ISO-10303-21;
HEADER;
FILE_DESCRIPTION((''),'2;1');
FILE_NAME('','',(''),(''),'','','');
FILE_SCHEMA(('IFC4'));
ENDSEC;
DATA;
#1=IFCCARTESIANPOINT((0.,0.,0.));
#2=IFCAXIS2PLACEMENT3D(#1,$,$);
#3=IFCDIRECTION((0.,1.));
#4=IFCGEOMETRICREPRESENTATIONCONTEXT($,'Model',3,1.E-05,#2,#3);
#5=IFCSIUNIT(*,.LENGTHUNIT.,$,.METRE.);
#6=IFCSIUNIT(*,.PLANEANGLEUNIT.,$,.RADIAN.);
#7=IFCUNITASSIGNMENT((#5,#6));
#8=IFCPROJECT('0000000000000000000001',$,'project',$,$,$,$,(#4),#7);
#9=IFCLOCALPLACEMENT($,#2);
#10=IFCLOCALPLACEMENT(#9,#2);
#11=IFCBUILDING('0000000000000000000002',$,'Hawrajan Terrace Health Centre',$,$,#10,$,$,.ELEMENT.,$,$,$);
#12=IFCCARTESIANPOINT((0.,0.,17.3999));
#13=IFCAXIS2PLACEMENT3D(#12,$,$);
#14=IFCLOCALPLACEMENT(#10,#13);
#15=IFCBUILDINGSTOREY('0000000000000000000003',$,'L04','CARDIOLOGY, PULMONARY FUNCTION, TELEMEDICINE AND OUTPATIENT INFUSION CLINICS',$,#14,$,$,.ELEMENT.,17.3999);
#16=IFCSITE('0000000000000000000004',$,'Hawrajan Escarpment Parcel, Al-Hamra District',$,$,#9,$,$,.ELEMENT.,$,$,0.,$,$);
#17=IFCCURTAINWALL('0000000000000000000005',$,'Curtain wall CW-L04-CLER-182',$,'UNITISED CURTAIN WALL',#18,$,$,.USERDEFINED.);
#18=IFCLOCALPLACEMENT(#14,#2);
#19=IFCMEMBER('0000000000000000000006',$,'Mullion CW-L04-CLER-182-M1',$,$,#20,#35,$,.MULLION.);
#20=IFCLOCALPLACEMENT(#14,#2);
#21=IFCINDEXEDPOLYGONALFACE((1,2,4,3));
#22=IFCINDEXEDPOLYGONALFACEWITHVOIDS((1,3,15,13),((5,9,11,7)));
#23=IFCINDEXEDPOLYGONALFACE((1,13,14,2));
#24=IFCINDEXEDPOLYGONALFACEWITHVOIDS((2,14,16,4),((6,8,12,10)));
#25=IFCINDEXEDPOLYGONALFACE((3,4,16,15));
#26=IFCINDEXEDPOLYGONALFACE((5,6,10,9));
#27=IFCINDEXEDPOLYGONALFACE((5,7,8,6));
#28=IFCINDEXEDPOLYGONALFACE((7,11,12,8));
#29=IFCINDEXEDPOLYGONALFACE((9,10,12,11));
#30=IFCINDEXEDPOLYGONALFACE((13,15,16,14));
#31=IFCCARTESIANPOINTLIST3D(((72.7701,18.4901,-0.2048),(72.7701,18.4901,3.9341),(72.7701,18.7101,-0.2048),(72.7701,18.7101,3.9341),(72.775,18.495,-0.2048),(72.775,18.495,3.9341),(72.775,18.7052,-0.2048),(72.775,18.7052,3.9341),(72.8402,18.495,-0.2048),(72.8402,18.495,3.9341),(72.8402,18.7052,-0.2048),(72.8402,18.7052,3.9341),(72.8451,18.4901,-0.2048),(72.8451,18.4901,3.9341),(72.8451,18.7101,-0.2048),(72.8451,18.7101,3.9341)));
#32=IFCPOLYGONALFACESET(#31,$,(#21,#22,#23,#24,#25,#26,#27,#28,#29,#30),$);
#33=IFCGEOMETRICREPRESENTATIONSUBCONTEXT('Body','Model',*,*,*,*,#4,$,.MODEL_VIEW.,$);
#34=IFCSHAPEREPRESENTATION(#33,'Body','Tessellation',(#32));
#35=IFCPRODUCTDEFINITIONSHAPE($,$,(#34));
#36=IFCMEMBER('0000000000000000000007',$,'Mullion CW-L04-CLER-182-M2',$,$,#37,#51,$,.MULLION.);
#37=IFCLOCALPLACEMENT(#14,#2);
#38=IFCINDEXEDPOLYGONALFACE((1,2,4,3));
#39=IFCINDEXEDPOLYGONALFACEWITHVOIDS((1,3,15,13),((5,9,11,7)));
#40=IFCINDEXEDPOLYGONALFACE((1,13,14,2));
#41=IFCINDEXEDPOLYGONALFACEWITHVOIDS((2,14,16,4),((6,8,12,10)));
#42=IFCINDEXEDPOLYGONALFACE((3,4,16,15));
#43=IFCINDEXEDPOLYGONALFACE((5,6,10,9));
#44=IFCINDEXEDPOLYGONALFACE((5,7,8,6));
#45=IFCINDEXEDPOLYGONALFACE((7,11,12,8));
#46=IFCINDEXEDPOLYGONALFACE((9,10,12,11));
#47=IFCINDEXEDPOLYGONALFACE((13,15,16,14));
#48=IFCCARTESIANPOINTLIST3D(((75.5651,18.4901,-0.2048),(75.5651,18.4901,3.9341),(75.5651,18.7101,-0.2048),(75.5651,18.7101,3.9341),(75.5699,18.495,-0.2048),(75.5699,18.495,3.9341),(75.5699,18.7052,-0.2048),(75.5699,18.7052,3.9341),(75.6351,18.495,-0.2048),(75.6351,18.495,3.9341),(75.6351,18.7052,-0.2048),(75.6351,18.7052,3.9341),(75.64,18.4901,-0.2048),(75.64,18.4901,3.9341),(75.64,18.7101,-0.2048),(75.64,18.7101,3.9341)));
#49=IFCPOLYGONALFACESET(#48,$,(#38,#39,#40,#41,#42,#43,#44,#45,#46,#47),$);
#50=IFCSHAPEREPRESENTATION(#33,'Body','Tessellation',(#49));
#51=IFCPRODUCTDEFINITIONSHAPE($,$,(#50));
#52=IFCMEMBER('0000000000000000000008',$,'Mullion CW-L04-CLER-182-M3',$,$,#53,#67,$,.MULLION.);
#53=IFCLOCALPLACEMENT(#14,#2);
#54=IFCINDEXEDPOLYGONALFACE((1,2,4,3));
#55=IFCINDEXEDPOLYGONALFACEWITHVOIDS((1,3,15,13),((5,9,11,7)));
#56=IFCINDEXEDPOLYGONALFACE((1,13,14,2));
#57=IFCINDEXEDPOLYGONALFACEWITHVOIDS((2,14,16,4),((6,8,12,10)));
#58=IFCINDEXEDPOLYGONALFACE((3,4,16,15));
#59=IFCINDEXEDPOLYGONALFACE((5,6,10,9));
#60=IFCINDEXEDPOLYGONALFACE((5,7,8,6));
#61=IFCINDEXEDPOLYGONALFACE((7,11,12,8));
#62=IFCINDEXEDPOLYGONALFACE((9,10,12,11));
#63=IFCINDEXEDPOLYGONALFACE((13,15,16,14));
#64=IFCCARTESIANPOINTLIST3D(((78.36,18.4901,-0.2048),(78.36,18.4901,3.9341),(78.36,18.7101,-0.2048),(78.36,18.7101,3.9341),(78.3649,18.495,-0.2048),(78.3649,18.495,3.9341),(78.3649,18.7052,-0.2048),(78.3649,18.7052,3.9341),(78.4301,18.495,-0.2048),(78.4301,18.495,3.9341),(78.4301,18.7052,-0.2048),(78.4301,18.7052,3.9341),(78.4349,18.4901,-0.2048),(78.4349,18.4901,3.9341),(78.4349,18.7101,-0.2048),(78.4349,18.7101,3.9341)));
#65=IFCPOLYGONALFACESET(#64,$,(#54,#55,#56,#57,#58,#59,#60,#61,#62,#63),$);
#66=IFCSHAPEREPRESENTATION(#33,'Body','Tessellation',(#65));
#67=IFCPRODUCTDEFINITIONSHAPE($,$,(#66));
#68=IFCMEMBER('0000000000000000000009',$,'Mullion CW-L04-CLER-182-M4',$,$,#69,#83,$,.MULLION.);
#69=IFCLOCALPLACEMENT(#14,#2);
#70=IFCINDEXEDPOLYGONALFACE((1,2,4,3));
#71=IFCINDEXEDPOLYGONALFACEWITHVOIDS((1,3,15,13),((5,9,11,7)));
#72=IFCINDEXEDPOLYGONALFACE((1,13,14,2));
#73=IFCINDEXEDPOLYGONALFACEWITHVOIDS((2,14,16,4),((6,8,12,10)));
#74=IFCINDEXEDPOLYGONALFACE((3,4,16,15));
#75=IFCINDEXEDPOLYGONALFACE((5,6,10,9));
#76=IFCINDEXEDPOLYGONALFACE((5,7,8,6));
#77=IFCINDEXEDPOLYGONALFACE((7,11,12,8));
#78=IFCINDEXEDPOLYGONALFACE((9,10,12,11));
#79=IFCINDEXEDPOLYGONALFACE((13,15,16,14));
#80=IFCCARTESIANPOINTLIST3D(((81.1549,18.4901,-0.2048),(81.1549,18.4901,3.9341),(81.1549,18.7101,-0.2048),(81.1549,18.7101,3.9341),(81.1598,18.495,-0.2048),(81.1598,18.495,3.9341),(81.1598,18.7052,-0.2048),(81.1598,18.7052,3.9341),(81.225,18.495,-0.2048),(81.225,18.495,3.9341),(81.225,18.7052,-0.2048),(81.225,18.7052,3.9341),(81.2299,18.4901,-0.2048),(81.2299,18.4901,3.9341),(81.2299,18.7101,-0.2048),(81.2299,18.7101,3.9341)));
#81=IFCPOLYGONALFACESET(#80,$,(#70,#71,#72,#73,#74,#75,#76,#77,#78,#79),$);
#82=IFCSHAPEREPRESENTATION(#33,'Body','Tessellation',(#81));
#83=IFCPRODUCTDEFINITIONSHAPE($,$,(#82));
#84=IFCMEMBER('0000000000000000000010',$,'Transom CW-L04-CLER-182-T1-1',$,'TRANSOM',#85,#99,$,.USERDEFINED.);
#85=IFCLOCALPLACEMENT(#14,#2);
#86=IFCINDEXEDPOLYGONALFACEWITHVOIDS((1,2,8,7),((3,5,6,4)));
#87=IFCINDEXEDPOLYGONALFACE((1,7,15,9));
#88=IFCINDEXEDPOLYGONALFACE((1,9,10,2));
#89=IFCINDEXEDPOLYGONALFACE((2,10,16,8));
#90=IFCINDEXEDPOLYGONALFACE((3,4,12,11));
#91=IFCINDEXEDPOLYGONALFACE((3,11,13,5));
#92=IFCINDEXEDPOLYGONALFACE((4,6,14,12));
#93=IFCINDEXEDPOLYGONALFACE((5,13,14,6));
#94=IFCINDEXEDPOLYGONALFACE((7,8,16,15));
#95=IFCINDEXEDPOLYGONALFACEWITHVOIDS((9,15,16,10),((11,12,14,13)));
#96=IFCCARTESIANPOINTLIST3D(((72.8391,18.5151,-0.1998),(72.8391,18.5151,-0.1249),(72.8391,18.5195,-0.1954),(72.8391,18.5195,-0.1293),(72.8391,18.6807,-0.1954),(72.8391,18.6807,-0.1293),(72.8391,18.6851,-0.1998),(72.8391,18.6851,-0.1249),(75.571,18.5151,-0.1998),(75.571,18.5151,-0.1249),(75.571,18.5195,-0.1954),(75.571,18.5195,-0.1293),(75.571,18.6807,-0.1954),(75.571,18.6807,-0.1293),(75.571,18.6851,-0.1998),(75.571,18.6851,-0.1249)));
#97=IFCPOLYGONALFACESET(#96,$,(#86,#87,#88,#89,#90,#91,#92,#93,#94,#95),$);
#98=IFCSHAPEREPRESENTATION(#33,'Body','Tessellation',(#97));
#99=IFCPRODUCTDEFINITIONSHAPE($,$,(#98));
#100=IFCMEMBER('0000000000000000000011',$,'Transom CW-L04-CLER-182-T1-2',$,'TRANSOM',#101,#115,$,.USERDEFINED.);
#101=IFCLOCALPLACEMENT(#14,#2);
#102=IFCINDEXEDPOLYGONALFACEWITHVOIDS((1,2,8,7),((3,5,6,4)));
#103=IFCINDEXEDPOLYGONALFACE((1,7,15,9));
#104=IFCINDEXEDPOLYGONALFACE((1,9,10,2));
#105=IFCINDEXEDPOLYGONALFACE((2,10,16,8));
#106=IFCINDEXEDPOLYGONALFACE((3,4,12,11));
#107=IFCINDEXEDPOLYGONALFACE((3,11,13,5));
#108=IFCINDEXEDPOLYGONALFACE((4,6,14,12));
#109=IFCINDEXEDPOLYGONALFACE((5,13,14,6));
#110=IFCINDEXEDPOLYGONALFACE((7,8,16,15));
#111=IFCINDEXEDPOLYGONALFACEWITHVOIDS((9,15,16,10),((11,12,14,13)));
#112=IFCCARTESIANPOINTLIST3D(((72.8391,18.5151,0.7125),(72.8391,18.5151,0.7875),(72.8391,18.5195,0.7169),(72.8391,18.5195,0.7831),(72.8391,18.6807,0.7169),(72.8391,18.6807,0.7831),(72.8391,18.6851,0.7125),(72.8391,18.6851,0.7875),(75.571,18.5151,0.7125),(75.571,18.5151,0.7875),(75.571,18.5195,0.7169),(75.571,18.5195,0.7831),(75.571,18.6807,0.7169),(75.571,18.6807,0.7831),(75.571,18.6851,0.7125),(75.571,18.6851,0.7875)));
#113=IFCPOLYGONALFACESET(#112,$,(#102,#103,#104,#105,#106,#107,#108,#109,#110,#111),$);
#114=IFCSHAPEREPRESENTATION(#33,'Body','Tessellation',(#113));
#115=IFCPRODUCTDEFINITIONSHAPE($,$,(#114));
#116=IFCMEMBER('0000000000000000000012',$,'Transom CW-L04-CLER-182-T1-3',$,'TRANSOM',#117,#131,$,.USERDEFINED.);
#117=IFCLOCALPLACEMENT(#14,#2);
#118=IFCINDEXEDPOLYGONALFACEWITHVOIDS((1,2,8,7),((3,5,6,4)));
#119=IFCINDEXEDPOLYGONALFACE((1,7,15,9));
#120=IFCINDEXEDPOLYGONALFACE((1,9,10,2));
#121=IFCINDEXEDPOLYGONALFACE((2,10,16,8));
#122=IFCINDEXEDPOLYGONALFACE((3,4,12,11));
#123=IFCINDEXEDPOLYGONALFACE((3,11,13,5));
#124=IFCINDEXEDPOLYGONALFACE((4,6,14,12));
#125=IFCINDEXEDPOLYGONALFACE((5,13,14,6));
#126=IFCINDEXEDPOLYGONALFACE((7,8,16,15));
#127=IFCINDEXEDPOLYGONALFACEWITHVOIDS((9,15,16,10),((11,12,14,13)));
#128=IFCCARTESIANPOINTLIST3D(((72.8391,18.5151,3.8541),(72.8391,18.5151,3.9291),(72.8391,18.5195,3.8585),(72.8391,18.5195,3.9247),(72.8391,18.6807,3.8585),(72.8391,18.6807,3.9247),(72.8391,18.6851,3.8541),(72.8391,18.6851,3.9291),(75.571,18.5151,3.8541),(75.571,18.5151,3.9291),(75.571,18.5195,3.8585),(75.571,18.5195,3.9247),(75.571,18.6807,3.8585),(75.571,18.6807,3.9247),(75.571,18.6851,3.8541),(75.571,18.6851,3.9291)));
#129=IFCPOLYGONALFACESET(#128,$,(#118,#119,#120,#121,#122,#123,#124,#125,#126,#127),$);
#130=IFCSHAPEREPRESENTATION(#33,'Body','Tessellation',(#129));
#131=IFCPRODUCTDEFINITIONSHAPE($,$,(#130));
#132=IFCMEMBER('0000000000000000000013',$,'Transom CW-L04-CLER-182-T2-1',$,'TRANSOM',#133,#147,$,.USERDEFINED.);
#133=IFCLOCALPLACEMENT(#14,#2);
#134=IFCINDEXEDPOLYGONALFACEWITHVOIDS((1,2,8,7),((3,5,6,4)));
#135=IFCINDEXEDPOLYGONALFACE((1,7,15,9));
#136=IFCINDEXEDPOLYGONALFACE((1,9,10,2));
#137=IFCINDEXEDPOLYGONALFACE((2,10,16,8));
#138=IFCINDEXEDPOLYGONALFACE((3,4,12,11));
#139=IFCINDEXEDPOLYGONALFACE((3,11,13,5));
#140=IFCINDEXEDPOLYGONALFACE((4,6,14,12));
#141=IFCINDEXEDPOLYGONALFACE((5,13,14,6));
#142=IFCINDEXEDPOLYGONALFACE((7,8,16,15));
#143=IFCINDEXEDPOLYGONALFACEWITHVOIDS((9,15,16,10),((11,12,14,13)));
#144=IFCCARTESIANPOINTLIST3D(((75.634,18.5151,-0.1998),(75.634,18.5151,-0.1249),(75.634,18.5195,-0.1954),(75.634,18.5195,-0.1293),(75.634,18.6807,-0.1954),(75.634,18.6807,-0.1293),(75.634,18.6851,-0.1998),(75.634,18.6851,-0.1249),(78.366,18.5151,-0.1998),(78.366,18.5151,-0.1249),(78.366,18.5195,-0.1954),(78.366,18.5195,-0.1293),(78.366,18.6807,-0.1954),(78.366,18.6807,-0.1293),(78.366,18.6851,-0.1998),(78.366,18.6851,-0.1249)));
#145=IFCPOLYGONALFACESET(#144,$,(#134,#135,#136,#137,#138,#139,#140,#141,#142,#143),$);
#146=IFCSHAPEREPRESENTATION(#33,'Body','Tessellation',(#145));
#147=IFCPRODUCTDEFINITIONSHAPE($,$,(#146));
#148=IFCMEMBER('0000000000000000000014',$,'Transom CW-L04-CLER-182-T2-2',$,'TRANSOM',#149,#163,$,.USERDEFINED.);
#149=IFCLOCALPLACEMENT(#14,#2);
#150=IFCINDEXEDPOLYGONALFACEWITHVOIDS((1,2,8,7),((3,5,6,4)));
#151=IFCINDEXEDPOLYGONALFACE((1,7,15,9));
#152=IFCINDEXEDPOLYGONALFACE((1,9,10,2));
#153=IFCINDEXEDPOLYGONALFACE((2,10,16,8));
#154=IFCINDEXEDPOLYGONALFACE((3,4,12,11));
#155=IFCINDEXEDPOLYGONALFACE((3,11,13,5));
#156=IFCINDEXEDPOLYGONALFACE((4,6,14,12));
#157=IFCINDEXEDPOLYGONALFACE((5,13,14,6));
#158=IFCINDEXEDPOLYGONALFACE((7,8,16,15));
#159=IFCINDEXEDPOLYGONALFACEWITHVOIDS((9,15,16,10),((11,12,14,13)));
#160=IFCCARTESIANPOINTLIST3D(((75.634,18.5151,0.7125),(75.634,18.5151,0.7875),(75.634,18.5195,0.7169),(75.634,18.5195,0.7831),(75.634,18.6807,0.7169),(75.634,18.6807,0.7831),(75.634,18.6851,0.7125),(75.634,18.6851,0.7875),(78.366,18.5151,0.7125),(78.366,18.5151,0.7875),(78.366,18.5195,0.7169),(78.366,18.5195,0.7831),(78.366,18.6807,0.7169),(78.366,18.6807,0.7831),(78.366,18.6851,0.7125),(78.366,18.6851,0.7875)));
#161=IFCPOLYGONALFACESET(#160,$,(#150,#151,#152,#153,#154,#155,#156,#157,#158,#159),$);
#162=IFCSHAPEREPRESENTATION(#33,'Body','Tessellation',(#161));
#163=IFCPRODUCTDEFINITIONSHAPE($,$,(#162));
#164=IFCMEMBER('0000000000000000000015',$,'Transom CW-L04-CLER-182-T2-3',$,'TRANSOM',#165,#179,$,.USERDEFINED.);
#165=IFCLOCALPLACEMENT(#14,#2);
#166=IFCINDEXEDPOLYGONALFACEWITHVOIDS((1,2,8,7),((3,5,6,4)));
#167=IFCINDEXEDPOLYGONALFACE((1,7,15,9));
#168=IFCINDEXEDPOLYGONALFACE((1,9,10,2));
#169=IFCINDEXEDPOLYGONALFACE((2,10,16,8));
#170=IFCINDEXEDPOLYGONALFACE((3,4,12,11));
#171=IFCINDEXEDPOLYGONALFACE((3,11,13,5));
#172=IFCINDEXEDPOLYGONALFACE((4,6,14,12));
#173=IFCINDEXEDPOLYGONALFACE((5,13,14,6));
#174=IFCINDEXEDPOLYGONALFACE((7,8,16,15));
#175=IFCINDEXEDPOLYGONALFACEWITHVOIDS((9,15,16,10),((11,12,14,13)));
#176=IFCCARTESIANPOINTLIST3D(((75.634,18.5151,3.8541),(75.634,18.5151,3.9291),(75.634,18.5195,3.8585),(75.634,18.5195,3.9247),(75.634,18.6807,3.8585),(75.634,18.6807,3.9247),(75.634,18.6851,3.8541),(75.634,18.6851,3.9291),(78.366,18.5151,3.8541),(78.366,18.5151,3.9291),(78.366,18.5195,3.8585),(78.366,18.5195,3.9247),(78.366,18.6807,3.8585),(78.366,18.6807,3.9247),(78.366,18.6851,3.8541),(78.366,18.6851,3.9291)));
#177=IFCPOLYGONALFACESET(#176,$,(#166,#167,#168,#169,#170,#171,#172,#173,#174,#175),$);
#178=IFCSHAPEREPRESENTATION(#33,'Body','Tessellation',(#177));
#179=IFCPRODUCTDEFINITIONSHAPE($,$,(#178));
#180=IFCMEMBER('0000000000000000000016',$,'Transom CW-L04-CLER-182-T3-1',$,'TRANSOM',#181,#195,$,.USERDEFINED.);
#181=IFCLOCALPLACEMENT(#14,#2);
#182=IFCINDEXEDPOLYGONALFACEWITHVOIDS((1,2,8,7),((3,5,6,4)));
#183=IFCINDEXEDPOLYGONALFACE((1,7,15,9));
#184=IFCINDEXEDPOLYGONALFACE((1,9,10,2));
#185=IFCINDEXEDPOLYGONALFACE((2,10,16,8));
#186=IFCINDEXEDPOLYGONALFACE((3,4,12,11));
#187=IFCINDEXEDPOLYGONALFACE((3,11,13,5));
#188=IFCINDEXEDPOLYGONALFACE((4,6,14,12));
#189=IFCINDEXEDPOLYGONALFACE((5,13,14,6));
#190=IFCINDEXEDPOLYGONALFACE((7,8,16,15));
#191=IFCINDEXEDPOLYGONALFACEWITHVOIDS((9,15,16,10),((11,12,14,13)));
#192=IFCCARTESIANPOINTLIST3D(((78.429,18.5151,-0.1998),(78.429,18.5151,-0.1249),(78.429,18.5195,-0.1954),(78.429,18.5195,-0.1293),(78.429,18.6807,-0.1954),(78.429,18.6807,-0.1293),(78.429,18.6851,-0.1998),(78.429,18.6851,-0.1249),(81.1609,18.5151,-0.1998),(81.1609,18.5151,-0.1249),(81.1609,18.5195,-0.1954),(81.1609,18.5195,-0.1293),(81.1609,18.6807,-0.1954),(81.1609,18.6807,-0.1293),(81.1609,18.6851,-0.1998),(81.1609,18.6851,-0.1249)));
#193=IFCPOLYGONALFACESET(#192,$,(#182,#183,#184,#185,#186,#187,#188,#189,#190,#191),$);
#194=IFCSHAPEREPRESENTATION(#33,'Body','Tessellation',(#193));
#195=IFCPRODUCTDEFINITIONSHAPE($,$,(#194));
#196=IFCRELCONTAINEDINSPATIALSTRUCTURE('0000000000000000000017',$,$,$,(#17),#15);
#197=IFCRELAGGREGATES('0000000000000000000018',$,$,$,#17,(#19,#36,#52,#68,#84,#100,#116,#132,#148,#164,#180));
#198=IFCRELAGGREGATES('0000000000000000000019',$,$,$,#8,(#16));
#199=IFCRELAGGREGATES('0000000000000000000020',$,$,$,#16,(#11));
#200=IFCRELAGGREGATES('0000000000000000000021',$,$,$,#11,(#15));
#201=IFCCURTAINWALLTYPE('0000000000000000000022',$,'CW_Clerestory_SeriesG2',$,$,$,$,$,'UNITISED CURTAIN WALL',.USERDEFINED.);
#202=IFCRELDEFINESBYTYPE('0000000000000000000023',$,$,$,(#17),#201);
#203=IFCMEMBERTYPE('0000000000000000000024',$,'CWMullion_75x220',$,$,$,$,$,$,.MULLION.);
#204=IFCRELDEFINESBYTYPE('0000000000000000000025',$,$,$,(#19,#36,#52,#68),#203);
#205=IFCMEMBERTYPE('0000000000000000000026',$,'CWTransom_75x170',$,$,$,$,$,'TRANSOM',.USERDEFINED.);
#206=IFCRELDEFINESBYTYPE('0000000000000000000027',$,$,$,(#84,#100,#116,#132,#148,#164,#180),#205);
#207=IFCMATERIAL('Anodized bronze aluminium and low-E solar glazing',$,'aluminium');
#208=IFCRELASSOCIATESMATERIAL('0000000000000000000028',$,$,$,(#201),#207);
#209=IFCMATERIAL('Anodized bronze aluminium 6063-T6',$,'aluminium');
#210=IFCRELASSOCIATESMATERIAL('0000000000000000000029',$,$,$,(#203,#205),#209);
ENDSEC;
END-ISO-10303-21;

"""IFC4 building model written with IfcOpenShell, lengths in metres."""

from ifc_helpers import new_model, si_unit, direction, frame, origin, origin_2d, place, context, subcontext, project, spatial, hollow_rectangle, extrude, material, material_profile, profile_set, type_object, element, aggregate, save


model = new_model("IFC4")

# Units and contexts
model_context = context("Model", 3, precision=1e-05, world=origin(), true_north=direction((0.0, 1.0)))
body_context = subcontext(model_context, "Body", "Model", "MODEL_VIEW")
ifc_project = project(units=[si_unit("LENGTHUNIT", "METRE"), si_unit("PLANEANGLEUNIT", "RADIAN")], contexts=[model_context])

# Site, building, storey
site_placement = place(None, origin())
site = spatial("IfcSite", under=ifc_project, at=site_placement, Name="Hawrajan Escarpment Parcel, Al-Hamra District", CompositionType="ELEMENT", RefElevation=0.0)
building_placement = place(site_placement, origin())
building = spatial("IfcBuilding", under=site, at=building_placement, Name="Hawrajan Terrace Health Centre", CompositionType="ELEMENT")
storey_placement = place(building_placement, frame((0.0, 0.0, 17.3999)))
storey = spatial("IfcBuildingStorey", under=building, at=storey_placement, Name="L04", Description="CARDIOLOGY, PULMONARY FUNCTION, TELEMEDICINE AND OUTPATIENT INFUSION CLINICS", CompositionType="ELEMENT", Elevation=17.3999)

# Curtain wall, members
ifc_material_1 = material(Name="Anodized bronze aluminium and low-E solar glazing", Category="aluminium")
curtain_wall_type = type_object("IfcCurtainWallType", Name="CW_Clerestory_SeriesG2", ElementType="UNITISED CURTAIN WALL", PredefinedType="USERDEFINED", material=ifc_material_1)
curtain_wall_placement = place(storey_placement, origin())
curtain_wall = element("IfcCurtainWall", 1, at=curtain_wall_placement, inside=storey, type_object=curtain_wall_type, Name="Curtain wall CW-L04-CLER-182", ObjectType="UNITISED CURTAIN WALL", PredefinedType="USERDEFINED")
ifc_material_2 = material(Name="Anodized bronze aluminium 6063-T6", Category="aluminium")
ifc_material_profile_1 = material_profile(ifc_material_2, hollow_rectangle(XDim=0.075, YDim=0.22, WallThickness=0.0049, at=origin_2d()), Name="CW MUL 75x220")
ifc_profile_set_1 = profile_set([ifc_material_profile_1], Name="Anodized bronze aluminium 6063-T6")
member_type_1 = type_object("IfcMemberType", Name="CWMullion_75x220", PredefinedType="MULLION", material=ifc_profile_set_1)
member_1_placement = place(storey_placement, frame((72.8076, 18.6001, -0.2048), z_axis=(0.0, 0.0, 1.0), x_axis=(1.0, 0.0, 0.0)))
member_1 = element("IfcMember", 2, at=member_1_placement, type_object=member_type_1, Name="Mullion CW-L04-CLER-182-M1", PredefinedType="MULLION", context=body_context, shape_type="SweptSolid", body=[
    extrude(hollow_rectangle(XDim=0.075, YDim=0.22, WallThickness=0.0049, at=origin_2d()), origin(), (0.0, 0.0, 1.0), 4.1389),
])
member_2_placement = place(storey_placement, frame((75.6025, 18.6001, -0.2048), z_axis=(0.0, 0.0, 1.0), x_axis=(1.0, 0.0, 0.0)))
member_2 = element("IfcMember", 3, at=member_2_placement, type_object=member_type_1, Name="Mullion CW-L04-CLER-182-M2", PredefinedType="MULLION", context=body_context, shape_type="SweptSolid", body=[
    extrude(hollow_rectangle(XDim=0.075, YDim=0.22, WallThickness=0.0049, at=origin_2d()), origin(), (0.0, 0.0, 1.0), 4.1389),
])
member_3_placement = place(storey_placement, frame((78.3975, 18.6001, -0.2048), z_axis=(0.0, 0.0, 1.0), x_axis=(1.0, 0.0, 0.0)))
member_3 = element("IfcMember", 4, at=member_3_placement, type_object=member_type_1, Name="Mullion CW-L04-CLER-182-M3", PredefinedType="MULLION", context=body_context, shape_type="SweptSolid", body=[
    extrude(hollow_rectangle(XDim=0.075, YDim=0.22, WallThickness=0.0049, at=origin_2d()), origin(), (0.0, 0.0, 1.0), 4.1389),
])
member_4_placement = place(storey_placement, frame((81.1924, 18.6001, -0.2048), z_axis=(0.0, 0.0, 1.0), x_axis=(1.0, 0.0, 0.0)))
member_4 = element("IfcMember", 5, at=member_4_placement, type_object=member_type_1, Name="Mullion CW-L04-CLER-182-M4", PredefinedType="MULLION", context=body_context, shape_type="SweptSolid", body=[
    extrude(hollow_rectangle(XDim=0.075, YDim=0.22, WallThickness=0.0049, at=origin_2d()), origin(), (0.0, 0.0, 1.0), 4.1389),
])
ifc_material_profile_2 = material_profile(ifc_material_2, hollow_rectangle(XDim=0.075, YDim=0.1699, WallThickness=0.0044, at=origin_2d()), Name="CW TRN 75x170")
ifc_profile_set_2 = profile_set([ifc_material_profile_2], Name="Anodized bronze aluminium 6063-T6")
member_type_2 = type_object("IfcMemberType", Name="CWTransom_75x170", ElementType="TRANSOM", PredefinedType="USERDEFINED", material=ifc_profile_set_2)
member_5_placement = place(storey_placement, frame((72.8391, 18.6001, -0.1624), z_axis=(1.0, 0.0, 0.0), x_axis=(0.0, 0.0, 1.0)))
member_5 = element("IfcMember", 6, at=member_5_placement, type_object=member_type_2, Name="Transom CW-L04-CLER-182-T1-1", ObjectType="TRANSOM", PredefinedType="USERDEFINED", context=body_context, shape_type="SweptSolid", body=[
    extrude(hollow_rectangle(XDim=0.075, YDim=0.1699, WallThickness=0.0044, at=origin_2d()), origin(), (0.0, 0.0, 1.0), 2.7319),
])
member_6_placement = place(storey_placement, frame((72.8391, 18.6001, 0.75), z_axis=(1.0, 0.0, 0.0), x_axis=(0.0, 0.0, 1.0)))
member_6 = element("IfcMember", 7, at=member_6_placement, type_object=member_type_2, Name="Transom CW-L04-CLER-182-T1-2", ObjectType="TRANSOM", PredefinedType="USERDEFINED", context=body_context, shape_type="SweptSolid", body=[
    extrude(hollow_rectangle(XDim=0.075, YDim=0.1699, WallThickness=0.0044, at=origin_2d()), origin(), (0.0, 0.0, 1.0), 2.7319),
])
member_7_placement = place(storey_placement, frame((72.8391, 18.6001, 3.8916), z_axis=(1.0, 0.0, 0.0), x_axis=(0.0, 0.0, 1.0)))
member_7 = element("IfcMember", 8, at=member_7_placement, type_object=member_type_2, Name="Transom CW-L04-CLER-182-T1-3", ObjectType="TRANSOM", PredefinedType="USERDEFINED", context=body_context, shape_type="SweptSolid", body=[
    extrude(hollow_rectangle(XDim=0.075, YDim=0.1699, WallThickness=0.0044, at=origin_2d()), origin(), (0.0, 0.0, 1.0), 2.7319),
])
member_8_placement = place(storey_placement, frame((75.634, 18.6001, -0.1624), z_axis=(1.0, 0.0, 0.0), x_axis=(0.0, 0.0, 1.0)))
member_8 = element("IfcMember", 9, at=member_8_placement, type_object=member_type_2, Name="Transom CW-L04-CLER-182-T2-1", ObjectType="TRANSOM", PredefinedType="USERDEFINED", context=body_context, shape_type="SweptSolid", body=[
    extrude(hollow_rectangle(XDim=0.075, YDim=0.1699, WallThickness=0.0044, at=origin_2d()), origin(), (0.0, 0.0, 1.0), 2.7319),
])
member_9_placement = place(storey_placement, frame((75.634, 18.6001, 0.75), z_axis=(1.0, 0.0, 0.0), x_axis=(0.0, 0.0, 1.0)))
member_9 = element("IfcMember", 10, at=member_9_placement, type_object=member_type_2, Name="Transom CW-L04-CLER-182-T2-2", ObjectType="TRANSOM", PredefinedType="USERDEFINED", context=body_context, shape_type="SweptSolid", body=[
    extrude(hollow_rectangle(XDim=0.075, YDim=0.1699, WallThickness=0.0044, at=origin_2d()), origin(), (0.0, 0.0, 1.0), 2.7319),
])
member_10_placement = place(storey_placement, frame((75.634, 18.6001, 3.8916), z_axis=(1.0, 0.0, 0.0), x_axis=(0.0, 0.0, 1.0)))
member_10 = element("IfcMember", 11, at=member_10_placement, type_object=member_type_2, Name="Transom CW-L04-CLER-182-T2-3", ObjectType="TRANSOM", PredefinedType="USERDEFINED", context=body_context, shape_type="SweptSolid", body=[
    extrude(hollow_rectangle(XDim=0.075, YDim=0.1699, WallThickness=0.0044, at=origin_2d()), origin(), (0.0, 0.0, 1.0), 2.7319),
])
member_11_placement = place(storey_placement, frame((78.429, 18.6001, -0.1624), z_axis=(1.0, 0.0, 0.0), x_axis=(0.0, 0.0, 1.0)))
member_11 = element("IfcMember", 12, at=member_11_placement, type_object=member_type_2, Name="Transom CW-L04-CLER-182-T3-1", ObjectType="TRANSOM", PredefinedType="USERDEFINED", context=body_context, shape_type="SweptSolid", body=[
    extrude(hollow_rectangle(XDim=0.075, YDim=0.1699, WallThickness=0.0044, at=origin_2d()), origin(), (0.0, 0.0, 1.0), 2.7319),
])

aggregate(curtain_wall, [member_1, member_2, member_3, member_4, member_5, member_6, member_7, member_8, member_9, member_10, member_11])

save(model, "model.ifc")
